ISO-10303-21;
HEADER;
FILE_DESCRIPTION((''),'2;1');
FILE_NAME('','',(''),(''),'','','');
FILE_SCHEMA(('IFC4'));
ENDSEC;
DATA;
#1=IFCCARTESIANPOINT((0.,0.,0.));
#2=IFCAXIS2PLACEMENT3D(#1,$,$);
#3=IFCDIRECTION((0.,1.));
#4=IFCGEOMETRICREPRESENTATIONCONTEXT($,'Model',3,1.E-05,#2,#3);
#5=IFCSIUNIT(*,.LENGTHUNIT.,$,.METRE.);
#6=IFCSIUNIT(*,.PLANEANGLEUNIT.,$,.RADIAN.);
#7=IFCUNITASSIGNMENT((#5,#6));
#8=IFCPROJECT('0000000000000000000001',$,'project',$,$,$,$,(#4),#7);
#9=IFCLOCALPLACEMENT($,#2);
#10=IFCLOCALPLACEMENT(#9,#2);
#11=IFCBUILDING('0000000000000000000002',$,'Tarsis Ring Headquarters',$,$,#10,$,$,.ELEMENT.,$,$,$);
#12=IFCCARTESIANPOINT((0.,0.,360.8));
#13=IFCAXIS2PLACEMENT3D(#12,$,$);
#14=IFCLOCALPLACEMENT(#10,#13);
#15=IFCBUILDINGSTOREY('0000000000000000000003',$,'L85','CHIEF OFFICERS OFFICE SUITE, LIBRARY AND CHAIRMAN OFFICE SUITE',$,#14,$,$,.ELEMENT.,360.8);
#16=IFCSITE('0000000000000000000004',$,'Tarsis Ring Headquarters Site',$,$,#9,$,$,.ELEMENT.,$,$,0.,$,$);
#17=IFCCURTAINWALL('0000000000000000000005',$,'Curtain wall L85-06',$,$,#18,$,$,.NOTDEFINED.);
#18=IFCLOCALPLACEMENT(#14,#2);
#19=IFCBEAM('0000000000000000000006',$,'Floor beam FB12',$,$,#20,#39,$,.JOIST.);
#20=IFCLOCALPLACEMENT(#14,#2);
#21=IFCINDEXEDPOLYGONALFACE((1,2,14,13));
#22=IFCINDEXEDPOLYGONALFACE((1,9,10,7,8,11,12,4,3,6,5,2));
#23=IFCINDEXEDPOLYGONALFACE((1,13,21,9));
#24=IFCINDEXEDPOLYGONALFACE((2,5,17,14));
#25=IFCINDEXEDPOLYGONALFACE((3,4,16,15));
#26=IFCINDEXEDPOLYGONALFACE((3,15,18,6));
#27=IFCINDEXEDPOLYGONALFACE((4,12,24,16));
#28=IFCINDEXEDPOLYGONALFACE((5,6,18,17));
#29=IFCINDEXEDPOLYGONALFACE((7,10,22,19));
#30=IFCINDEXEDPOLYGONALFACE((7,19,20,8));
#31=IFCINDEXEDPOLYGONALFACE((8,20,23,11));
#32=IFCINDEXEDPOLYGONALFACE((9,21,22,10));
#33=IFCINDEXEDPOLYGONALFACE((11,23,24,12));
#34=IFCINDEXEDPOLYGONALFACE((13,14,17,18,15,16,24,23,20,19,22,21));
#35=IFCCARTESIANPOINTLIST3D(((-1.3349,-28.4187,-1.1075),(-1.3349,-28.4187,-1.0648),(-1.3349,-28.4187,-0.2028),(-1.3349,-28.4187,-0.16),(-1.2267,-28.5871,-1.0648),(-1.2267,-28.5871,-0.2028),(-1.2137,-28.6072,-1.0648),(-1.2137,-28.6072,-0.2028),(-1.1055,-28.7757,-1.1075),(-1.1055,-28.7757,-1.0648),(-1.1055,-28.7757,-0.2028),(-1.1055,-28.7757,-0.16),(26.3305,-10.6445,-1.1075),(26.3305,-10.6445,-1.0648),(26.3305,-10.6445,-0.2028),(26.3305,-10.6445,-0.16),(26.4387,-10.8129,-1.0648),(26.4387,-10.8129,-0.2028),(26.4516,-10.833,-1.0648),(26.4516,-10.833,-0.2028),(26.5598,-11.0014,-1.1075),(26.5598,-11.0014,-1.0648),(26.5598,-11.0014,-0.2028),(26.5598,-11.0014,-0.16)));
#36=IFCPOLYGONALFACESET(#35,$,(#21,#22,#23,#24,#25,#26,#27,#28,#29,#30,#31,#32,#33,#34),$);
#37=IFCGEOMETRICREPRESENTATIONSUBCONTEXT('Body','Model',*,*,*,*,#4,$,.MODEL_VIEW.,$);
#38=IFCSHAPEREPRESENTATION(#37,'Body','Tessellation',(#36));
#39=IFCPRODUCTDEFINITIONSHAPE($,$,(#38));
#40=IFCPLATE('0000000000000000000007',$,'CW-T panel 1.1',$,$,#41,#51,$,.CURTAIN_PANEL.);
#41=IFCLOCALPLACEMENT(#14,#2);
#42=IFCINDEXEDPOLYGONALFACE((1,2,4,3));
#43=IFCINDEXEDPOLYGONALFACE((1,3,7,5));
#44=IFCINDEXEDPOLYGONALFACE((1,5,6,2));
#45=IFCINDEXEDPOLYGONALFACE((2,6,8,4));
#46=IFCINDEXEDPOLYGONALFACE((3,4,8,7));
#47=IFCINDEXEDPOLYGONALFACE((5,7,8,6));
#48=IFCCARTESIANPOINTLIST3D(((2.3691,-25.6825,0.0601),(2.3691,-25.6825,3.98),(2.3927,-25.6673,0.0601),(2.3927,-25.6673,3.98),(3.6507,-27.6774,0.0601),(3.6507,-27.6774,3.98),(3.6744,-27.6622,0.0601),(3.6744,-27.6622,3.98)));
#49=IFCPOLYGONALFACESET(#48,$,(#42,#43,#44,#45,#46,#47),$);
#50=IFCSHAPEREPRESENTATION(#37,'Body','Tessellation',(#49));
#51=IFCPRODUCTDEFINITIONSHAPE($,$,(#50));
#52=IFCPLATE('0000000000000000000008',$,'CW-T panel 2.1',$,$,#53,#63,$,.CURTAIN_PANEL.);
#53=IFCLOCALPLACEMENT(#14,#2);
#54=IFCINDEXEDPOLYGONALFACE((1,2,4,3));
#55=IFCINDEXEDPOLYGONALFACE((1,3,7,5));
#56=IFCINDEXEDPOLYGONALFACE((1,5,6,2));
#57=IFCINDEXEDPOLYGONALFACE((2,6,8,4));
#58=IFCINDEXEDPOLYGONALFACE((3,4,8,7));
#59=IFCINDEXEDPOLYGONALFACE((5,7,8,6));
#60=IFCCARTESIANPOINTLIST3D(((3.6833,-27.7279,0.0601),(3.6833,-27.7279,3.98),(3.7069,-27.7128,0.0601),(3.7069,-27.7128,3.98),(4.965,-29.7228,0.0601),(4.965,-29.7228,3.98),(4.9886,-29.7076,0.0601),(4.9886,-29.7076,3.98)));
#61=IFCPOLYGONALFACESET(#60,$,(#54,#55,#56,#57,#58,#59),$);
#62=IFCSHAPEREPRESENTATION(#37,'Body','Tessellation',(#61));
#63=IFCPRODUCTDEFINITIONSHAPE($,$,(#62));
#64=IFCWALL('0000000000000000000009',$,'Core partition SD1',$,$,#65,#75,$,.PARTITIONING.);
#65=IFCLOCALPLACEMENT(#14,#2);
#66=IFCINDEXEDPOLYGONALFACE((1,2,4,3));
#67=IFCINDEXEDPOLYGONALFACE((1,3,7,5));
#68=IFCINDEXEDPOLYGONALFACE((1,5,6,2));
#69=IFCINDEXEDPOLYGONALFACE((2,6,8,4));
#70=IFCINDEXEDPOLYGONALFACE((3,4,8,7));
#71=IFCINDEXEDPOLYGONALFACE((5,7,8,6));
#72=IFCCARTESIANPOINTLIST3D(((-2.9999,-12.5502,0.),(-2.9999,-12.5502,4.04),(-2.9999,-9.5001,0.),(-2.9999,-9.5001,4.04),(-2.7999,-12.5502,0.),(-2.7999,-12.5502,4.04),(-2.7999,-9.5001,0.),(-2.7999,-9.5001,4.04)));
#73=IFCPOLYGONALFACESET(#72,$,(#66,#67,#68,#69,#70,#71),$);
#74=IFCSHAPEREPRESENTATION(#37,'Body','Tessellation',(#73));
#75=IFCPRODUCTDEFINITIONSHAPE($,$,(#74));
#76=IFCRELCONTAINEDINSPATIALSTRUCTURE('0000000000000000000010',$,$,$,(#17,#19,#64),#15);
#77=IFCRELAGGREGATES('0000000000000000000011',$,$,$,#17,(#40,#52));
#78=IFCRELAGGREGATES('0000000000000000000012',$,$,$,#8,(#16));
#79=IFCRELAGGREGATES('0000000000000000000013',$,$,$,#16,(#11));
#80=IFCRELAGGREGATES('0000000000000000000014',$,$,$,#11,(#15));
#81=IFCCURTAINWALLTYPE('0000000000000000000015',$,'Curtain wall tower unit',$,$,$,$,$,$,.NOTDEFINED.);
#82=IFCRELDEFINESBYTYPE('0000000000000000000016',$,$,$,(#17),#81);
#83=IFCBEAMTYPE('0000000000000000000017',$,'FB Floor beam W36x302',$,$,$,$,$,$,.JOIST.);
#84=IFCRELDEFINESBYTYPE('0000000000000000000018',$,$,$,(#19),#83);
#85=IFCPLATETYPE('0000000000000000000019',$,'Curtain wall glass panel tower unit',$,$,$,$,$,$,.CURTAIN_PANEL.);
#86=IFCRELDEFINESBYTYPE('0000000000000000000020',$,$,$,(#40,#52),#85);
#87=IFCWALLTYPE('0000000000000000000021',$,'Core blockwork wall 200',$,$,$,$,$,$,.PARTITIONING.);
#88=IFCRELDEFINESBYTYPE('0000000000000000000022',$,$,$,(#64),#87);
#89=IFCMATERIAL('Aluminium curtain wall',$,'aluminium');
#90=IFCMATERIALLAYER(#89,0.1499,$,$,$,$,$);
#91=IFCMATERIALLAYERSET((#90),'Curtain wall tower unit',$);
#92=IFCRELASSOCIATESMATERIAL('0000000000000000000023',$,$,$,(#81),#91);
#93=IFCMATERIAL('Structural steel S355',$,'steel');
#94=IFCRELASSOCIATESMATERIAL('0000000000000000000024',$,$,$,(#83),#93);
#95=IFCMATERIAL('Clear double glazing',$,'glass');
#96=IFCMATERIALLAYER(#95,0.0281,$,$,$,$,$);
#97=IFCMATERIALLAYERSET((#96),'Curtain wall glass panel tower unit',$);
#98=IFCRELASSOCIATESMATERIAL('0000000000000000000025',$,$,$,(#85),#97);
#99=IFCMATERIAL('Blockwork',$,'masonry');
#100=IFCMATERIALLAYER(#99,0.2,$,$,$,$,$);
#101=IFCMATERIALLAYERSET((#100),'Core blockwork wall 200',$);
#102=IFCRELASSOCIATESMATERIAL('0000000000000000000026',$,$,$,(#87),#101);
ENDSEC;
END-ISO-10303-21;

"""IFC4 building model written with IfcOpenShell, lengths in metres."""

from ifc_helpers import new_model, si_unit, direction, frame, frame_2d, origin, origin_2d, place, context, subcontext, project, spatial, rectangle, i_section, extrude, material, layer, layer_set, material_profile, profile_set, type_object, element, aggregate, save


model = new_model("IFC4")

# Units and contexts
model_context = context("Model", 3, precision=1e-05, world=origin(), true_north=direction((0.0, 1.0)))
body_context = subcontext(model_context, "Body", "Model", "MODEL_VIEW")
ifc_project = project(units=[si_unit("LENGTHUNIT", "METRE"), si_unit("PLANEANGLEUNIT", "RADIAN")], contexts=[model_context])

# Site, building, storey
site_placement = place(None, origin())
site = spatial("IfcSite", under=ifc_project, at=site_placement, Name="Tarsis Ring Headquarters Site", CompositionType="ELEMENT", RefElevation=0.0)
building_placement = place(site_placement, origin())
building = spatial("IfcBuilding", under=site, at=building_placement, Name="Tarsis Ring Headquarters", CompositionType="ELEMENT")
storey_placement = place(building_placement, frame((0.0, 0.0, 360.8)))
storey = spatial("IfcBuildingStorey", under=building, at=storey_placement, Name="L85", Description="CHIEF OFFICERS OFFICE SUITE, LIBRARY AND CHAIRMAN OFFICE SUITE", CompositionType="ELEMENT", Elevation=360.8)

# Shared definitions
ifc_material_1 = material(Name="Structural steel S355", Category="steel")

# Curtain wall
ifc_material_2 = material(Name="Aluminium curtain wall", Category="aluminium")
ifc_layer_1 = layer(ifc_material_2, 0.1499)
ifc_layer_set_1 = layer_set([ifc_layer_1], Name="Curtain wall tower unit")
curtain_wall_type = type_object("IfcCurtainWallType", Name="Curtain wall tower unit", PredefinedType="NOTDEFINED", material=ifc_layer_set_1)
curtain_wall_placement = place(storey_placement, origin())
curtain_wall = element("IfcCurtainWall", 1, at=curtain_wall_placement, inside=storey, type_object=curtain_wall_type, Name="Curtain wall L85-06", PredefinedType="NOTDEFINED")

# Beam
ifc_material_profile_1 = material_profile(ifc_material_1, i_section(OverallWidth=0.4243, OverallDepth=0.9475, WebThickness=0.0239, FlangeThickness=0.0427, at=origin_2d()), Name="W36x302")
ifc_profile_set_1 = profile_set([ifc_material_profile_1], Name="Structural steel S355")
beam_type = type_object("IfcBeamType", Name="FB Floor beam W36x302", PredefinedType="JOIST", material=ifc_profile_set_1)
beam_placement = place(storey_placement, frame((-1.2202, -28.5972, -0.6338), z_axis=(0.841326, 0.540528, 0.0), x_axis=(-0.540528, 0.841326, 0.0)))
element("IfcBeam", 2, at=beam_placement, inside=storey, type_object=beam_type, Name="Floor beam FB12", PredefinedType="JOIST", context=body_context, shape_type="SweptSolid", body=[
    extrude(i_section(OverallWidth=0.4243, OverallDepth=0.9475, WebThickness=0.0239, FlangeThickness=0.0427, at=origin_2d()), origin(), (0.0, 0.0, 1.0), 32.8831),
])

# Plates
ifc_material_3 = material(Name="Clear double glazing", Category="glass")
ifc_layer_2 = layer(ifc_material_3, 0.0281)
ifc_layer_set_2 = layer_set([ifc_layer_2], Name="Curtain wall glass panel tower unit")
plate_type = type_object("IfcPlateType", Name="Curtain wall glass panel tower unit", PredefinedType="CURTAIN_PANEL", material=ifc_layer_set_2)
plate_1_placement = place(storey_placement, frame((3.0217, -26.6724, 0.0601), z_axis=(0.0, 0.0, 1.0), x_axis=(0.540534, -0.841322, 0.0)))
plate_1 = element("IfcPlate", 3, at=plate_1_placement, type_object=plate_type, Name="CW-T panel 1.1", PredefinedType="CURTAIN_PANEL", context=body_context, shape_type="SweptSolid", body=[
    extrude(rectangle(XDim=2.3711, YDim=0.0281, at=origin_2d()), origin(), (0.0, 0.0, 1.0), 3.9199),
])
plate_2_placement = place(storey_placement, frame((4.3359, -28.7178, 0.0601), z_axis=(0.0, 0.0, 1.0), x_axis=(0.540534, -0.841322, 0.0)))
plate_2 = element("IfcPlate", 4, at=plate_2_placement, type_object=plate_type, Name="CW-T panel 2.1", PredefinedType="CURTAIN_PANEL", context=body_context, shape_type="SweptSolid", body=[
    extrude(rectangle(XDim=2.3711, YDim=0.0281, at=origin_2d()), origin(), (0.0, 0.0, 1.0), 3.9199),
])
aggregate(curtain_wall, [plate_1, plate_2])

# Wall
ifc_material_4 = material(Name="Blockwork", Category="masonry")
ifc_layer_3 = layer(ifc_material_4, 0.2)
ifc_layer_set_3 = layer_set([ifc_layer_3], Name="Core blockwork wall 200")
wall_type_1 = type_object("IfcWallType", Name="Core blockwork wall 200", PredefinedType="PARTITIONING", material=ifc_layer_set_3)
wall_1_placement = place(storey_placement, frame((-2.8999, -12.55, 0.0), z_axis=(0.0, 0.0, 1.0), x_axis=(0.0, 1.0, 0.0)))
element("IfcWall", 5, at=wall_1_placement, inside=storey, type_object=wall_type_1, Name="Core partition SD1", PredefinedType="PARTITIONING", context=body_context, shape_type="SweptSolid", body=[
    extrude(rectangle(XDim=3.05, YDim=0.2, at=frame_2d((1.5249, 0.0))), origin(), (0.0, 0.0, 1.0), 4.04),
])

save(model, "model.ifc")
